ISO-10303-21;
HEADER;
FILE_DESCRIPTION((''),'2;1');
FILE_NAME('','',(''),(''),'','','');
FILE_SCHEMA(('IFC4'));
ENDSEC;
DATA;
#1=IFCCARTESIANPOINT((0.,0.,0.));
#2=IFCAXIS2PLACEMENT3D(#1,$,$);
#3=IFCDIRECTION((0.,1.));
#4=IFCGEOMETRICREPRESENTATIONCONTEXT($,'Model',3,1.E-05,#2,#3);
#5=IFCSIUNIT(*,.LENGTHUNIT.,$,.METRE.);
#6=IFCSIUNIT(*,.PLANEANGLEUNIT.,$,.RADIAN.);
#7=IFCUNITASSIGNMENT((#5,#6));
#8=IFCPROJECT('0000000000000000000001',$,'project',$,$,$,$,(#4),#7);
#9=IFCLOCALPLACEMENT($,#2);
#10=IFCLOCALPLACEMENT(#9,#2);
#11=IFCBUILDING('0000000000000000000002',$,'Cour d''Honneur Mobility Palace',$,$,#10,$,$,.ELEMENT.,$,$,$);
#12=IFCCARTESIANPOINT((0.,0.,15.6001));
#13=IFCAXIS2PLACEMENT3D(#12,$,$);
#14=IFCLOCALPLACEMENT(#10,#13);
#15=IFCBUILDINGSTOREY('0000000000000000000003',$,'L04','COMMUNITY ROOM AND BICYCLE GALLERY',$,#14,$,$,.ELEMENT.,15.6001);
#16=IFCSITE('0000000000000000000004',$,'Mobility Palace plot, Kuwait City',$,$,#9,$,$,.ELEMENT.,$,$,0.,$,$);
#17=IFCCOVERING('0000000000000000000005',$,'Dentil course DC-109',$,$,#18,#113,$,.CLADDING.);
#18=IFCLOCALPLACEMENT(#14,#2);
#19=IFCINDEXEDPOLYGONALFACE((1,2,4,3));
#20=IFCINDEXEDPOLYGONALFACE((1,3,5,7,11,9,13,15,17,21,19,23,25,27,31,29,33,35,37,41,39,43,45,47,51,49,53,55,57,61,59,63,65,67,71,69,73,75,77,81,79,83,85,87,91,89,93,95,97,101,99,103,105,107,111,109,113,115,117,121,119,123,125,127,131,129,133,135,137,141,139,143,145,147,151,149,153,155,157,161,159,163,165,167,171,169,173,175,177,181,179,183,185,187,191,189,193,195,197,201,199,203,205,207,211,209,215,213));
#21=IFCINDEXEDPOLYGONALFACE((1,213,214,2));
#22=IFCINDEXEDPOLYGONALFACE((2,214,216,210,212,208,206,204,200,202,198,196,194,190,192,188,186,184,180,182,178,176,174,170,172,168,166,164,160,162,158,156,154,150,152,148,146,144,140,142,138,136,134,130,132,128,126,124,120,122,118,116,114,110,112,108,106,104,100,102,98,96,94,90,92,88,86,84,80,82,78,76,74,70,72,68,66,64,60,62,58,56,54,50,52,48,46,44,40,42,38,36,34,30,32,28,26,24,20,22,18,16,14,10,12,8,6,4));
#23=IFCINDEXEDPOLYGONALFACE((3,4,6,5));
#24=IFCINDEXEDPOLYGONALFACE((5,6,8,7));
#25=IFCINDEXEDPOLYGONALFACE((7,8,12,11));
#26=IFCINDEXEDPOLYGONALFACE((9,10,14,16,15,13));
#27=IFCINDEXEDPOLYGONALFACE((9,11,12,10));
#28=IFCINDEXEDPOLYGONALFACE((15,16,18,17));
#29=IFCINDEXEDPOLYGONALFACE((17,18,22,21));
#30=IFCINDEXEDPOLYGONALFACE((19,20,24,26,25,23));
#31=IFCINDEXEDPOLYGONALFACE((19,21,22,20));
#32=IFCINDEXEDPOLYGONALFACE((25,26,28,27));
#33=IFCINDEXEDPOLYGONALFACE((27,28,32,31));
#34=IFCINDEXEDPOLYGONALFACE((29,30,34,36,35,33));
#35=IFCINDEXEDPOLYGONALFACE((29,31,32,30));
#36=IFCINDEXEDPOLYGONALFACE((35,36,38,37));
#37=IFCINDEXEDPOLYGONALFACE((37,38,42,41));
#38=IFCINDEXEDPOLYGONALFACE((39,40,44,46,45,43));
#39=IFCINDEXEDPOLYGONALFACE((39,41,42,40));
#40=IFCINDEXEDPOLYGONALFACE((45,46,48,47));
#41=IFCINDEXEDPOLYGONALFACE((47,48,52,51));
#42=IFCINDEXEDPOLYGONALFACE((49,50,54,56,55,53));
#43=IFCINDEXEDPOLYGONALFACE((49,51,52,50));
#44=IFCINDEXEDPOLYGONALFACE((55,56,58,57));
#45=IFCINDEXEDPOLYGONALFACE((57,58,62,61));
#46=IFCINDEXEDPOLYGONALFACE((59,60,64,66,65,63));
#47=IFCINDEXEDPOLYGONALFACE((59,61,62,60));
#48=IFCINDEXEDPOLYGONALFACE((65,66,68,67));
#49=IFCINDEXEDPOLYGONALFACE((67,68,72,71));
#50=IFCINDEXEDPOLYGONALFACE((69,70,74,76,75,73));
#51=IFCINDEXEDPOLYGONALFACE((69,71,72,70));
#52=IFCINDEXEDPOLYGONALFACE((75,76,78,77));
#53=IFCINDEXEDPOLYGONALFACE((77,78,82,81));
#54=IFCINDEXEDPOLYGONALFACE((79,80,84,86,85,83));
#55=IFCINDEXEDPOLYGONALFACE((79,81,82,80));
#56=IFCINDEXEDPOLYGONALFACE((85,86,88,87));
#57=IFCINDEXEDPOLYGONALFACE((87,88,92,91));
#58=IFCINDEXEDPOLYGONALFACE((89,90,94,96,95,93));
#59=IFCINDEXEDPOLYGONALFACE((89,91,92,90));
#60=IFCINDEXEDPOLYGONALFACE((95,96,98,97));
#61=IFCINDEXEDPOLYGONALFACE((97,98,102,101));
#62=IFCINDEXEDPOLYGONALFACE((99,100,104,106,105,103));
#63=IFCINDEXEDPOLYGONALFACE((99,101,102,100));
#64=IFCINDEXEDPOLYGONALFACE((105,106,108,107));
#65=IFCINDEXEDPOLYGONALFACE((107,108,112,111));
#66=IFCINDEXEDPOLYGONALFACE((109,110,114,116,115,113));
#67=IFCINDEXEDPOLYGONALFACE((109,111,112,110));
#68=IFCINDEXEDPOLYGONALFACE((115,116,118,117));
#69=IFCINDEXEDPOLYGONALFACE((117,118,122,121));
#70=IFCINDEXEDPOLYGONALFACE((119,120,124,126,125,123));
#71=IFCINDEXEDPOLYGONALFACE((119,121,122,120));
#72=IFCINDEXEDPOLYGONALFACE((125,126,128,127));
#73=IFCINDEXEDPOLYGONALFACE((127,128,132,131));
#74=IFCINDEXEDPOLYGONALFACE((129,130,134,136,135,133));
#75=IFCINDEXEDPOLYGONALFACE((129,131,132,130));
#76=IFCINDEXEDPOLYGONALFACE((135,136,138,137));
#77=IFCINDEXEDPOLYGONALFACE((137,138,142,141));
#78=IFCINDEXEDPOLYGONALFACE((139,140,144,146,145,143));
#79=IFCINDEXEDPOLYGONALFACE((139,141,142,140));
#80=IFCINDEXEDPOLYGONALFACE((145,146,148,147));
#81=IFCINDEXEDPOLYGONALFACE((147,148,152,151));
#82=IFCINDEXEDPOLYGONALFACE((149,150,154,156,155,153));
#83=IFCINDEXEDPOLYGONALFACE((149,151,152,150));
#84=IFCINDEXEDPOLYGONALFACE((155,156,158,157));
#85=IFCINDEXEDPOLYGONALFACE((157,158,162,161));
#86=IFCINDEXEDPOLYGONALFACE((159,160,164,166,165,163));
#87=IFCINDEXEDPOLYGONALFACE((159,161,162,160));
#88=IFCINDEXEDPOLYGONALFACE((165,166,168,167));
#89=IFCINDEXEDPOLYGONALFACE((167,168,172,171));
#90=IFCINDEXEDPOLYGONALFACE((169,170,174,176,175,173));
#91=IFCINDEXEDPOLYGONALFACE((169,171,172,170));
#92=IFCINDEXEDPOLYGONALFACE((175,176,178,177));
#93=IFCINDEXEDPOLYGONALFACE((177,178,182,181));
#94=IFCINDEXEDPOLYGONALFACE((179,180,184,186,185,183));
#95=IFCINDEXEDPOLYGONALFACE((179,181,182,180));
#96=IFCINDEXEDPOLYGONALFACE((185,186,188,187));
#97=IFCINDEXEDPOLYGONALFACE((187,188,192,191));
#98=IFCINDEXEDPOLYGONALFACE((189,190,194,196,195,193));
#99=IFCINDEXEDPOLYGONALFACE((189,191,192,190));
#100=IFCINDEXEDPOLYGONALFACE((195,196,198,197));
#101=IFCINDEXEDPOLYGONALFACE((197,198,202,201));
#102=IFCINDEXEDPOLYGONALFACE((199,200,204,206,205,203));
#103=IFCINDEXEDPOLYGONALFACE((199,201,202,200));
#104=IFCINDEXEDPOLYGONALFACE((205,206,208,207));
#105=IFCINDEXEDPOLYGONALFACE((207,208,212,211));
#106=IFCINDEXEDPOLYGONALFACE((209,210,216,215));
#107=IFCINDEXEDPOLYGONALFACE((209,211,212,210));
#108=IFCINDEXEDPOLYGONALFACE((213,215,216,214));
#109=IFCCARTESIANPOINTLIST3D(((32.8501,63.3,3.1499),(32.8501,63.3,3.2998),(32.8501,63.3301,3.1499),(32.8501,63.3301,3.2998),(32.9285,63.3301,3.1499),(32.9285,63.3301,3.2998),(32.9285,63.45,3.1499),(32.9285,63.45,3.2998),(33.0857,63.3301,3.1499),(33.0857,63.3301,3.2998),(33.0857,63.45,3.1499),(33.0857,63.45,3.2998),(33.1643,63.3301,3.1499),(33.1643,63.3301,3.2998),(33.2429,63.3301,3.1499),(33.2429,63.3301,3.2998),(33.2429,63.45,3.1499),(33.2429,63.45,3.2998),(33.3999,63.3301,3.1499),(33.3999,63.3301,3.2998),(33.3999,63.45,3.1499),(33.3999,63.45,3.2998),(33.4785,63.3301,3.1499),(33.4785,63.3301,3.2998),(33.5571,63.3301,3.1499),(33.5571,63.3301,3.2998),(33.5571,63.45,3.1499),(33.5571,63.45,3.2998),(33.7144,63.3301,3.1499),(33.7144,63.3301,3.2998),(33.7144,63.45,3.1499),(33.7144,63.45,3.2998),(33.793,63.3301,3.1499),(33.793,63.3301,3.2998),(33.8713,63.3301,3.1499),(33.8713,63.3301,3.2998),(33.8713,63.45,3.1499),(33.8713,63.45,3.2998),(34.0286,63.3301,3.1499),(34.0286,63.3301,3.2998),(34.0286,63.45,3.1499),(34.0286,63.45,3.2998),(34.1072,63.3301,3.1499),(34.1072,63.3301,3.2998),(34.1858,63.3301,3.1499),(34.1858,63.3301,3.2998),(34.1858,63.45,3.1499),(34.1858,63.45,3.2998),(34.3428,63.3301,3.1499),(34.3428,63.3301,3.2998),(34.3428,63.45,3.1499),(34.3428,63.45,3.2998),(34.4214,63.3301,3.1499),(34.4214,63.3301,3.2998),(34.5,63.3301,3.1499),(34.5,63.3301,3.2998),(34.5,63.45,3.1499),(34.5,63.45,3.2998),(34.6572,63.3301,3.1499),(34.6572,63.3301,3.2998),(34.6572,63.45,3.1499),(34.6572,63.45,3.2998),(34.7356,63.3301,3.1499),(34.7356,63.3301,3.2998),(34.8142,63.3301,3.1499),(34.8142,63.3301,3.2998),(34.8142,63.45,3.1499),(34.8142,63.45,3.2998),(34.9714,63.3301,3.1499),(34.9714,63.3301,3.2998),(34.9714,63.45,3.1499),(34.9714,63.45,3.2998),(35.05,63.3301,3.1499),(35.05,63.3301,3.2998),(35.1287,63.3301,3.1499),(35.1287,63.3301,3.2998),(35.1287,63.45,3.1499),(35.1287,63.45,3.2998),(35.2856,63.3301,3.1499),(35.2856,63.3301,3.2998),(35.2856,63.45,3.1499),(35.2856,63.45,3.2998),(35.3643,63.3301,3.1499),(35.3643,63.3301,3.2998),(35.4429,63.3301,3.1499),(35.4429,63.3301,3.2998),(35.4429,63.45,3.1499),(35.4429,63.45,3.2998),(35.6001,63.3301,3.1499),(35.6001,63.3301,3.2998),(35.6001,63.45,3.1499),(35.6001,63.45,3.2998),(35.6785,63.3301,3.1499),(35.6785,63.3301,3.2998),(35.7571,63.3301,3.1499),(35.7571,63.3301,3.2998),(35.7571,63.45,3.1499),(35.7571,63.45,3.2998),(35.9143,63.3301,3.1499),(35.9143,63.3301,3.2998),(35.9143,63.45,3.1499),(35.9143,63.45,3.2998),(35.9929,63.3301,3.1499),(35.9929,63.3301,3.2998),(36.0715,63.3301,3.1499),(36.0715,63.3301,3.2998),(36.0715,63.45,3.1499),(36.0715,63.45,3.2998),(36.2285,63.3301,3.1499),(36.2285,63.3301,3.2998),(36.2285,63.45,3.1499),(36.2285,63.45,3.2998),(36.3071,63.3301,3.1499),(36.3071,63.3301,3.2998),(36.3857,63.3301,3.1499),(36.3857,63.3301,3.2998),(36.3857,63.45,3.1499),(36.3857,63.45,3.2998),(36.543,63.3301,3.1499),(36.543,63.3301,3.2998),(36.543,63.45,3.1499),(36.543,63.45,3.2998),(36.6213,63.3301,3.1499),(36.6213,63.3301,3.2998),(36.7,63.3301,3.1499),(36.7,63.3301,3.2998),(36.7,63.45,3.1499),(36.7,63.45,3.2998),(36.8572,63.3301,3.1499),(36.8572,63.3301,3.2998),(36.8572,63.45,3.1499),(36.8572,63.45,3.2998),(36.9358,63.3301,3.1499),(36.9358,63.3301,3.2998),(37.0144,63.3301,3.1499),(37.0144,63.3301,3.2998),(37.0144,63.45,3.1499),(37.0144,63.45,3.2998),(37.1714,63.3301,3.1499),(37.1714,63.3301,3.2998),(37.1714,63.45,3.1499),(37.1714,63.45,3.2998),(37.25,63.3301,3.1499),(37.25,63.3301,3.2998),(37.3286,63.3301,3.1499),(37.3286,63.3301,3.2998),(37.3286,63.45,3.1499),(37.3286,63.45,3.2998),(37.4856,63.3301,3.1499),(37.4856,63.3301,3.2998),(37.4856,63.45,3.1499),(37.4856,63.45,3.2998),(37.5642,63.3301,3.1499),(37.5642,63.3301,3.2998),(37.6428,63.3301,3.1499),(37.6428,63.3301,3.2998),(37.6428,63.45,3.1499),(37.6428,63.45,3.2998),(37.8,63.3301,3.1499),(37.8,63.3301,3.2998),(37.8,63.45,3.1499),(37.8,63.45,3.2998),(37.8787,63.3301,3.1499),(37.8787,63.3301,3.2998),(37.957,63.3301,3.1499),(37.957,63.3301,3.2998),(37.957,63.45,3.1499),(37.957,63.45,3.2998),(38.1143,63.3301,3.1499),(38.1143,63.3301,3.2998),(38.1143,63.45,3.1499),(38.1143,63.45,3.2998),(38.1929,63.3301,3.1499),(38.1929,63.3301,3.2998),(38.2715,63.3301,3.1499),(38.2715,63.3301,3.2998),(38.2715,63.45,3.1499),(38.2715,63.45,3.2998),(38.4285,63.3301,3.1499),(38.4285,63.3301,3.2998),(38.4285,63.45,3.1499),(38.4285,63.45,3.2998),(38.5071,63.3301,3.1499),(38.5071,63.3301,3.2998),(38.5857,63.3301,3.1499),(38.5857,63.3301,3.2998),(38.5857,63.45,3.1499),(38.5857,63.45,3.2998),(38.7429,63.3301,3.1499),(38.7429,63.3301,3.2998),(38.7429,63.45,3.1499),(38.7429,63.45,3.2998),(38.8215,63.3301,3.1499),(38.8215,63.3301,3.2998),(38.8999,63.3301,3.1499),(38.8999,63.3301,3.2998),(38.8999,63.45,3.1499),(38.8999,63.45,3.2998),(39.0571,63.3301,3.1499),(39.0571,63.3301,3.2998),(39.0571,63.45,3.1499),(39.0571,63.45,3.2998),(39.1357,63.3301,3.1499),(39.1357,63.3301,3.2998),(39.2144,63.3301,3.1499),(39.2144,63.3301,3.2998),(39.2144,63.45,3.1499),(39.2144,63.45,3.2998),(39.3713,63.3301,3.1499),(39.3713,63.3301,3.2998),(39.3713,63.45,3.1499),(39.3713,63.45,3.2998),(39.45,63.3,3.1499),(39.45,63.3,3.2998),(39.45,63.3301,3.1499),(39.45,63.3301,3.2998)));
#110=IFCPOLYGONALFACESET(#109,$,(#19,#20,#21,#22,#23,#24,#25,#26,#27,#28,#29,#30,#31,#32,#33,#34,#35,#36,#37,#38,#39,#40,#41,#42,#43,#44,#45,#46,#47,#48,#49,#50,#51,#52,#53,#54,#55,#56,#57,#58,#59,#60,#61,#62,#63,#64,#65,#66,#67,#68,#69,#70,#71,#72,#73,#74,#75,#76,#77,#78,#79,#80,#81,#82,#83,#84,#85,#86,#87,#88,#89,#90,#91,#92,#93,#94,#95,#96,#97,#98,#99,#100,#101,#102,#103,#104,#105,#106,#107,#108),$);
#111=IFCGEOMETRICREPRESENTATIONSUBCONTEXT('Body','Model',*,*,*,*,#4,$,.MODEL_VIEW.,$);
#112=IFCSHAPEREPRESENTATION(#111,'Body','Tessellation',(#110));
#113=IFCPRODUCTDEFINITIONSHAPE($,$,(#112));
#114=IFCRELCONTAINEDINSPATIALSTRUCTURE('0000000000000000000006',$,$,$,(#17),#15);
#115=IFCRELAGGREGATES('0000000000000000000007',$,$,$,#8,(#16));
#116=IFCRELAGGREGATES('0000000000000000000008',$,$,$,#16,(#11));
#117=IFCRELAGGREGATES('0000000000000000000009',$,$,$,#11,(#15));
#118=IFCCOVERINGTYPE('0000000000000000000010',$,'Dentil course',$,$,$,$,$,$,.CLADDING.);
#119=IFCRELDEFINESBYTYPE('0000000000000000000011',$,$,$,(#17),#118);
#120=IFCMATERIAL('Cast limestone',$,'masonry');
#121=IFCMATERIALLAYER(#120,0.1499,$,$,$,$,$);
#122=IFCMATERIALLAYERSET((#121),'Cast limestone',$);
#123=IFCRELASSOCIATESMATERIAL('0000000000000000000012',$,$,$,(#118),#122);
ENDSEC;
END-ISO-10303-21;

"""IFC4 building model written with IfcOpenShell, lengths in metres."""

from ifc_helpers import new_model, si_unit, direction, frame, origin, place, context, subcontext, project, spatial, polyline, outline, extrude, material, layer, layer_set, type_object, element, save


model = new_model("IFC4")

# Units and contexts
model_context = context("Model", 3, precision=1e-05, world=origin(), true_north=direction((0.0, 1.0)))
body_context = subcontext(model_context, "Body", "Model", "MODEL_VIEW")
ifc_project = project(units=[si_unit("LENGTHUNIT", "METRE"), si_unit("PLANEANGLEUNIT", "RADIAN")], contexts=[model_context])

# Site, building, storey
site_placement = place(None, origin())
site = spatial("IfcSite", under=ifc_project, at=site_placement, Name="Mobility Palace plot, Kuwait City", CompositionType="ELEMENT", RefElevation=0.0)
building_placement = place(site_placement, origin())
building = spatial("IfcBuilding", under=site, at=building_placement, Name="Cour d'Honneur Mobility Palace", CompositionType="ELEMENT")
storey_placement = place(building_placement, frame((0.0, 0.0, 15.6001)))
storey = spatial("IfcBuildingStorey", under=building, at=storey_placement, Name="L04", Description="COMMUNITY ROOM AND BICYCLE GALLERY", CompositionType="ELEMENT", Elevation=15.6001)

# Covering
ifc_material = material(Name="Cast limestone", Category="masonry")
ifc_layer = layer(ifc_material, 0.1499)
ifc_layer_set = layer_set([ifc_layer], Name="Cast limestone")
covering_type = type_object("IfcCoveringType", Name="Dentil course", PredefinedType="CLADDING", material=ifc_layer_set)
covering_1_placement = place(storey_placement, frame((0.0, 0.0, 3.1499)))
element("IfcCovering", 1, at=covering_1_placement, inside=storey, type_object=covering_type, Name="Dentil course DC-109", PredefinedType="CLADDING", context=body_context, shape_type="SweptSolid", body=[
    extrude(outline(polyline([(39.45, 63.3), (32.8501, 63.3), (32.8501, 63.3301), (32.8501, 63.3301), (32.9285, 63.3301), (32.9285, 63.45), (33.0857, 63.45), (33.0857, 63.3301), (33.1643, 63.3301), (33.1643, 63.3301), (33.2429, 63.3301), (33.2429, 63.45), (33.3999, 63.45), (33.3999, 63.3301), (33.4785, 63.3301), (33.4785, 63.3301), (33.5571, 63.3301), (33.5571, 63.45), (33.7144, 63.45), (33.7144, 63.3301), (33.793, 63.3301), (33.793, 63.3301), (33.8713, 63.3301), (33.8713, 63.45), (34.0286, 63.45), (34.0286, 63.3301), (34.1072, 63.3301), (34.1072, 63.3301), (34.1858, 63.3301), (34.1858, 63.45), (34.3428, 63.45), (34.3428, 63.3301), (34.4214, 63.3301), (34.4214, 63.3301), (34.5, 63.3301), (34.5, 63.45), (34.6572, 63.45), (34.6572, 63.3301), (34.7356, 63.3301), (34.7356, 63.3301), (34.8142, 63.3301), (34.8142, 63.45), (34.9714, 63.45), (34.9714, 63.3301), (35.05, 63.3301), (35.05, 63.3301), (35.1287, 63.3301), (35.1287, 63.45), (35.2856, 63.45), (35.2856, 63.3301), (35.3643, 63.3301), (35.3643, 63.3301), (35.4429, 63.3301), (35.4429, 63.45), (35.6001, 63.45), (35.6001, 63.3301), (35.6785, 63.3301), (35.6785, 63.3301), (35.7571, 63.3301), (35.7571, 63.45), (35.9143, 63.45), (35.9143, 63.3301), (35.9929, 63.3301), (35.9929, 63.3301), (36.0715, 63.3301), (36.0715, 63.45), (36.2285, 63.45), (36.2285, 63.3301), (36.3071, 63.3301), (36.3071, 63.3301), (36.3857, 63.3301), (36.3857, 63.45), (36.543, 63.45), (36.543, 63.3301), (36.6213, 63.3301), (36.6213, 63.3301), (36.7, 63.3301), (36.7, 63.45), (36.8572, 63.45), (36.8572, 63.3301), (36.9358, 63.3301), (36.9358, 63.3301), (37.0144, 63.3301), (37.0144, 63.45), (37.1714, 63.45), (37.1714, 63.3301), (37.25, 63.3301), (37.25, 63.3301), (37.3286, 63.3301), (37.3286, 63.45), (37.4856, 63.45), (37.4856, 63.3301), (37.5642, 63.3301), (37.5642, 63.3301), (37.6428, 63.3301), (37.6428, 63.45), (37.8, 63.45), (37.8, 63.3301), (37.8787, 63.3301), (37.8787, 63.3301), (37.957, 63.3301), (37.957, 63.45), (38.1143, 63.45), (38.1143, 63.3301), (38.1929, 63.3301), (38.1929, 63.3301), (38.2715, 63.3301), (38.2715, 63.45), (38.4285, 63.45), (38.4285, 63.3301), (38.5071, 63.3301), (38.5071, 63.3301), (38.5857, 63.3301), (38.5857, 63.45), (38.7429, 63.45), (38.7429, 63.3301), (38.8215, 63.3301), (38.8215, 63.3301), (38.8999, 63.3301), (38.8999, 63.45), (39.0571, 63.45), (39.0571, 63.3301), (39.1357, 63.3301), (39.1357, 63.3301), (39.2144, 63.3301), (39.2144, 63.45), (39.3713, 63.45), (39.3713, 63.3301), (39.45, 63.3301), (39.45, 63.3)])), origin(), (0.0, 0.0, 1.0), 0.1499),
])

save(model, "model.ifc")
